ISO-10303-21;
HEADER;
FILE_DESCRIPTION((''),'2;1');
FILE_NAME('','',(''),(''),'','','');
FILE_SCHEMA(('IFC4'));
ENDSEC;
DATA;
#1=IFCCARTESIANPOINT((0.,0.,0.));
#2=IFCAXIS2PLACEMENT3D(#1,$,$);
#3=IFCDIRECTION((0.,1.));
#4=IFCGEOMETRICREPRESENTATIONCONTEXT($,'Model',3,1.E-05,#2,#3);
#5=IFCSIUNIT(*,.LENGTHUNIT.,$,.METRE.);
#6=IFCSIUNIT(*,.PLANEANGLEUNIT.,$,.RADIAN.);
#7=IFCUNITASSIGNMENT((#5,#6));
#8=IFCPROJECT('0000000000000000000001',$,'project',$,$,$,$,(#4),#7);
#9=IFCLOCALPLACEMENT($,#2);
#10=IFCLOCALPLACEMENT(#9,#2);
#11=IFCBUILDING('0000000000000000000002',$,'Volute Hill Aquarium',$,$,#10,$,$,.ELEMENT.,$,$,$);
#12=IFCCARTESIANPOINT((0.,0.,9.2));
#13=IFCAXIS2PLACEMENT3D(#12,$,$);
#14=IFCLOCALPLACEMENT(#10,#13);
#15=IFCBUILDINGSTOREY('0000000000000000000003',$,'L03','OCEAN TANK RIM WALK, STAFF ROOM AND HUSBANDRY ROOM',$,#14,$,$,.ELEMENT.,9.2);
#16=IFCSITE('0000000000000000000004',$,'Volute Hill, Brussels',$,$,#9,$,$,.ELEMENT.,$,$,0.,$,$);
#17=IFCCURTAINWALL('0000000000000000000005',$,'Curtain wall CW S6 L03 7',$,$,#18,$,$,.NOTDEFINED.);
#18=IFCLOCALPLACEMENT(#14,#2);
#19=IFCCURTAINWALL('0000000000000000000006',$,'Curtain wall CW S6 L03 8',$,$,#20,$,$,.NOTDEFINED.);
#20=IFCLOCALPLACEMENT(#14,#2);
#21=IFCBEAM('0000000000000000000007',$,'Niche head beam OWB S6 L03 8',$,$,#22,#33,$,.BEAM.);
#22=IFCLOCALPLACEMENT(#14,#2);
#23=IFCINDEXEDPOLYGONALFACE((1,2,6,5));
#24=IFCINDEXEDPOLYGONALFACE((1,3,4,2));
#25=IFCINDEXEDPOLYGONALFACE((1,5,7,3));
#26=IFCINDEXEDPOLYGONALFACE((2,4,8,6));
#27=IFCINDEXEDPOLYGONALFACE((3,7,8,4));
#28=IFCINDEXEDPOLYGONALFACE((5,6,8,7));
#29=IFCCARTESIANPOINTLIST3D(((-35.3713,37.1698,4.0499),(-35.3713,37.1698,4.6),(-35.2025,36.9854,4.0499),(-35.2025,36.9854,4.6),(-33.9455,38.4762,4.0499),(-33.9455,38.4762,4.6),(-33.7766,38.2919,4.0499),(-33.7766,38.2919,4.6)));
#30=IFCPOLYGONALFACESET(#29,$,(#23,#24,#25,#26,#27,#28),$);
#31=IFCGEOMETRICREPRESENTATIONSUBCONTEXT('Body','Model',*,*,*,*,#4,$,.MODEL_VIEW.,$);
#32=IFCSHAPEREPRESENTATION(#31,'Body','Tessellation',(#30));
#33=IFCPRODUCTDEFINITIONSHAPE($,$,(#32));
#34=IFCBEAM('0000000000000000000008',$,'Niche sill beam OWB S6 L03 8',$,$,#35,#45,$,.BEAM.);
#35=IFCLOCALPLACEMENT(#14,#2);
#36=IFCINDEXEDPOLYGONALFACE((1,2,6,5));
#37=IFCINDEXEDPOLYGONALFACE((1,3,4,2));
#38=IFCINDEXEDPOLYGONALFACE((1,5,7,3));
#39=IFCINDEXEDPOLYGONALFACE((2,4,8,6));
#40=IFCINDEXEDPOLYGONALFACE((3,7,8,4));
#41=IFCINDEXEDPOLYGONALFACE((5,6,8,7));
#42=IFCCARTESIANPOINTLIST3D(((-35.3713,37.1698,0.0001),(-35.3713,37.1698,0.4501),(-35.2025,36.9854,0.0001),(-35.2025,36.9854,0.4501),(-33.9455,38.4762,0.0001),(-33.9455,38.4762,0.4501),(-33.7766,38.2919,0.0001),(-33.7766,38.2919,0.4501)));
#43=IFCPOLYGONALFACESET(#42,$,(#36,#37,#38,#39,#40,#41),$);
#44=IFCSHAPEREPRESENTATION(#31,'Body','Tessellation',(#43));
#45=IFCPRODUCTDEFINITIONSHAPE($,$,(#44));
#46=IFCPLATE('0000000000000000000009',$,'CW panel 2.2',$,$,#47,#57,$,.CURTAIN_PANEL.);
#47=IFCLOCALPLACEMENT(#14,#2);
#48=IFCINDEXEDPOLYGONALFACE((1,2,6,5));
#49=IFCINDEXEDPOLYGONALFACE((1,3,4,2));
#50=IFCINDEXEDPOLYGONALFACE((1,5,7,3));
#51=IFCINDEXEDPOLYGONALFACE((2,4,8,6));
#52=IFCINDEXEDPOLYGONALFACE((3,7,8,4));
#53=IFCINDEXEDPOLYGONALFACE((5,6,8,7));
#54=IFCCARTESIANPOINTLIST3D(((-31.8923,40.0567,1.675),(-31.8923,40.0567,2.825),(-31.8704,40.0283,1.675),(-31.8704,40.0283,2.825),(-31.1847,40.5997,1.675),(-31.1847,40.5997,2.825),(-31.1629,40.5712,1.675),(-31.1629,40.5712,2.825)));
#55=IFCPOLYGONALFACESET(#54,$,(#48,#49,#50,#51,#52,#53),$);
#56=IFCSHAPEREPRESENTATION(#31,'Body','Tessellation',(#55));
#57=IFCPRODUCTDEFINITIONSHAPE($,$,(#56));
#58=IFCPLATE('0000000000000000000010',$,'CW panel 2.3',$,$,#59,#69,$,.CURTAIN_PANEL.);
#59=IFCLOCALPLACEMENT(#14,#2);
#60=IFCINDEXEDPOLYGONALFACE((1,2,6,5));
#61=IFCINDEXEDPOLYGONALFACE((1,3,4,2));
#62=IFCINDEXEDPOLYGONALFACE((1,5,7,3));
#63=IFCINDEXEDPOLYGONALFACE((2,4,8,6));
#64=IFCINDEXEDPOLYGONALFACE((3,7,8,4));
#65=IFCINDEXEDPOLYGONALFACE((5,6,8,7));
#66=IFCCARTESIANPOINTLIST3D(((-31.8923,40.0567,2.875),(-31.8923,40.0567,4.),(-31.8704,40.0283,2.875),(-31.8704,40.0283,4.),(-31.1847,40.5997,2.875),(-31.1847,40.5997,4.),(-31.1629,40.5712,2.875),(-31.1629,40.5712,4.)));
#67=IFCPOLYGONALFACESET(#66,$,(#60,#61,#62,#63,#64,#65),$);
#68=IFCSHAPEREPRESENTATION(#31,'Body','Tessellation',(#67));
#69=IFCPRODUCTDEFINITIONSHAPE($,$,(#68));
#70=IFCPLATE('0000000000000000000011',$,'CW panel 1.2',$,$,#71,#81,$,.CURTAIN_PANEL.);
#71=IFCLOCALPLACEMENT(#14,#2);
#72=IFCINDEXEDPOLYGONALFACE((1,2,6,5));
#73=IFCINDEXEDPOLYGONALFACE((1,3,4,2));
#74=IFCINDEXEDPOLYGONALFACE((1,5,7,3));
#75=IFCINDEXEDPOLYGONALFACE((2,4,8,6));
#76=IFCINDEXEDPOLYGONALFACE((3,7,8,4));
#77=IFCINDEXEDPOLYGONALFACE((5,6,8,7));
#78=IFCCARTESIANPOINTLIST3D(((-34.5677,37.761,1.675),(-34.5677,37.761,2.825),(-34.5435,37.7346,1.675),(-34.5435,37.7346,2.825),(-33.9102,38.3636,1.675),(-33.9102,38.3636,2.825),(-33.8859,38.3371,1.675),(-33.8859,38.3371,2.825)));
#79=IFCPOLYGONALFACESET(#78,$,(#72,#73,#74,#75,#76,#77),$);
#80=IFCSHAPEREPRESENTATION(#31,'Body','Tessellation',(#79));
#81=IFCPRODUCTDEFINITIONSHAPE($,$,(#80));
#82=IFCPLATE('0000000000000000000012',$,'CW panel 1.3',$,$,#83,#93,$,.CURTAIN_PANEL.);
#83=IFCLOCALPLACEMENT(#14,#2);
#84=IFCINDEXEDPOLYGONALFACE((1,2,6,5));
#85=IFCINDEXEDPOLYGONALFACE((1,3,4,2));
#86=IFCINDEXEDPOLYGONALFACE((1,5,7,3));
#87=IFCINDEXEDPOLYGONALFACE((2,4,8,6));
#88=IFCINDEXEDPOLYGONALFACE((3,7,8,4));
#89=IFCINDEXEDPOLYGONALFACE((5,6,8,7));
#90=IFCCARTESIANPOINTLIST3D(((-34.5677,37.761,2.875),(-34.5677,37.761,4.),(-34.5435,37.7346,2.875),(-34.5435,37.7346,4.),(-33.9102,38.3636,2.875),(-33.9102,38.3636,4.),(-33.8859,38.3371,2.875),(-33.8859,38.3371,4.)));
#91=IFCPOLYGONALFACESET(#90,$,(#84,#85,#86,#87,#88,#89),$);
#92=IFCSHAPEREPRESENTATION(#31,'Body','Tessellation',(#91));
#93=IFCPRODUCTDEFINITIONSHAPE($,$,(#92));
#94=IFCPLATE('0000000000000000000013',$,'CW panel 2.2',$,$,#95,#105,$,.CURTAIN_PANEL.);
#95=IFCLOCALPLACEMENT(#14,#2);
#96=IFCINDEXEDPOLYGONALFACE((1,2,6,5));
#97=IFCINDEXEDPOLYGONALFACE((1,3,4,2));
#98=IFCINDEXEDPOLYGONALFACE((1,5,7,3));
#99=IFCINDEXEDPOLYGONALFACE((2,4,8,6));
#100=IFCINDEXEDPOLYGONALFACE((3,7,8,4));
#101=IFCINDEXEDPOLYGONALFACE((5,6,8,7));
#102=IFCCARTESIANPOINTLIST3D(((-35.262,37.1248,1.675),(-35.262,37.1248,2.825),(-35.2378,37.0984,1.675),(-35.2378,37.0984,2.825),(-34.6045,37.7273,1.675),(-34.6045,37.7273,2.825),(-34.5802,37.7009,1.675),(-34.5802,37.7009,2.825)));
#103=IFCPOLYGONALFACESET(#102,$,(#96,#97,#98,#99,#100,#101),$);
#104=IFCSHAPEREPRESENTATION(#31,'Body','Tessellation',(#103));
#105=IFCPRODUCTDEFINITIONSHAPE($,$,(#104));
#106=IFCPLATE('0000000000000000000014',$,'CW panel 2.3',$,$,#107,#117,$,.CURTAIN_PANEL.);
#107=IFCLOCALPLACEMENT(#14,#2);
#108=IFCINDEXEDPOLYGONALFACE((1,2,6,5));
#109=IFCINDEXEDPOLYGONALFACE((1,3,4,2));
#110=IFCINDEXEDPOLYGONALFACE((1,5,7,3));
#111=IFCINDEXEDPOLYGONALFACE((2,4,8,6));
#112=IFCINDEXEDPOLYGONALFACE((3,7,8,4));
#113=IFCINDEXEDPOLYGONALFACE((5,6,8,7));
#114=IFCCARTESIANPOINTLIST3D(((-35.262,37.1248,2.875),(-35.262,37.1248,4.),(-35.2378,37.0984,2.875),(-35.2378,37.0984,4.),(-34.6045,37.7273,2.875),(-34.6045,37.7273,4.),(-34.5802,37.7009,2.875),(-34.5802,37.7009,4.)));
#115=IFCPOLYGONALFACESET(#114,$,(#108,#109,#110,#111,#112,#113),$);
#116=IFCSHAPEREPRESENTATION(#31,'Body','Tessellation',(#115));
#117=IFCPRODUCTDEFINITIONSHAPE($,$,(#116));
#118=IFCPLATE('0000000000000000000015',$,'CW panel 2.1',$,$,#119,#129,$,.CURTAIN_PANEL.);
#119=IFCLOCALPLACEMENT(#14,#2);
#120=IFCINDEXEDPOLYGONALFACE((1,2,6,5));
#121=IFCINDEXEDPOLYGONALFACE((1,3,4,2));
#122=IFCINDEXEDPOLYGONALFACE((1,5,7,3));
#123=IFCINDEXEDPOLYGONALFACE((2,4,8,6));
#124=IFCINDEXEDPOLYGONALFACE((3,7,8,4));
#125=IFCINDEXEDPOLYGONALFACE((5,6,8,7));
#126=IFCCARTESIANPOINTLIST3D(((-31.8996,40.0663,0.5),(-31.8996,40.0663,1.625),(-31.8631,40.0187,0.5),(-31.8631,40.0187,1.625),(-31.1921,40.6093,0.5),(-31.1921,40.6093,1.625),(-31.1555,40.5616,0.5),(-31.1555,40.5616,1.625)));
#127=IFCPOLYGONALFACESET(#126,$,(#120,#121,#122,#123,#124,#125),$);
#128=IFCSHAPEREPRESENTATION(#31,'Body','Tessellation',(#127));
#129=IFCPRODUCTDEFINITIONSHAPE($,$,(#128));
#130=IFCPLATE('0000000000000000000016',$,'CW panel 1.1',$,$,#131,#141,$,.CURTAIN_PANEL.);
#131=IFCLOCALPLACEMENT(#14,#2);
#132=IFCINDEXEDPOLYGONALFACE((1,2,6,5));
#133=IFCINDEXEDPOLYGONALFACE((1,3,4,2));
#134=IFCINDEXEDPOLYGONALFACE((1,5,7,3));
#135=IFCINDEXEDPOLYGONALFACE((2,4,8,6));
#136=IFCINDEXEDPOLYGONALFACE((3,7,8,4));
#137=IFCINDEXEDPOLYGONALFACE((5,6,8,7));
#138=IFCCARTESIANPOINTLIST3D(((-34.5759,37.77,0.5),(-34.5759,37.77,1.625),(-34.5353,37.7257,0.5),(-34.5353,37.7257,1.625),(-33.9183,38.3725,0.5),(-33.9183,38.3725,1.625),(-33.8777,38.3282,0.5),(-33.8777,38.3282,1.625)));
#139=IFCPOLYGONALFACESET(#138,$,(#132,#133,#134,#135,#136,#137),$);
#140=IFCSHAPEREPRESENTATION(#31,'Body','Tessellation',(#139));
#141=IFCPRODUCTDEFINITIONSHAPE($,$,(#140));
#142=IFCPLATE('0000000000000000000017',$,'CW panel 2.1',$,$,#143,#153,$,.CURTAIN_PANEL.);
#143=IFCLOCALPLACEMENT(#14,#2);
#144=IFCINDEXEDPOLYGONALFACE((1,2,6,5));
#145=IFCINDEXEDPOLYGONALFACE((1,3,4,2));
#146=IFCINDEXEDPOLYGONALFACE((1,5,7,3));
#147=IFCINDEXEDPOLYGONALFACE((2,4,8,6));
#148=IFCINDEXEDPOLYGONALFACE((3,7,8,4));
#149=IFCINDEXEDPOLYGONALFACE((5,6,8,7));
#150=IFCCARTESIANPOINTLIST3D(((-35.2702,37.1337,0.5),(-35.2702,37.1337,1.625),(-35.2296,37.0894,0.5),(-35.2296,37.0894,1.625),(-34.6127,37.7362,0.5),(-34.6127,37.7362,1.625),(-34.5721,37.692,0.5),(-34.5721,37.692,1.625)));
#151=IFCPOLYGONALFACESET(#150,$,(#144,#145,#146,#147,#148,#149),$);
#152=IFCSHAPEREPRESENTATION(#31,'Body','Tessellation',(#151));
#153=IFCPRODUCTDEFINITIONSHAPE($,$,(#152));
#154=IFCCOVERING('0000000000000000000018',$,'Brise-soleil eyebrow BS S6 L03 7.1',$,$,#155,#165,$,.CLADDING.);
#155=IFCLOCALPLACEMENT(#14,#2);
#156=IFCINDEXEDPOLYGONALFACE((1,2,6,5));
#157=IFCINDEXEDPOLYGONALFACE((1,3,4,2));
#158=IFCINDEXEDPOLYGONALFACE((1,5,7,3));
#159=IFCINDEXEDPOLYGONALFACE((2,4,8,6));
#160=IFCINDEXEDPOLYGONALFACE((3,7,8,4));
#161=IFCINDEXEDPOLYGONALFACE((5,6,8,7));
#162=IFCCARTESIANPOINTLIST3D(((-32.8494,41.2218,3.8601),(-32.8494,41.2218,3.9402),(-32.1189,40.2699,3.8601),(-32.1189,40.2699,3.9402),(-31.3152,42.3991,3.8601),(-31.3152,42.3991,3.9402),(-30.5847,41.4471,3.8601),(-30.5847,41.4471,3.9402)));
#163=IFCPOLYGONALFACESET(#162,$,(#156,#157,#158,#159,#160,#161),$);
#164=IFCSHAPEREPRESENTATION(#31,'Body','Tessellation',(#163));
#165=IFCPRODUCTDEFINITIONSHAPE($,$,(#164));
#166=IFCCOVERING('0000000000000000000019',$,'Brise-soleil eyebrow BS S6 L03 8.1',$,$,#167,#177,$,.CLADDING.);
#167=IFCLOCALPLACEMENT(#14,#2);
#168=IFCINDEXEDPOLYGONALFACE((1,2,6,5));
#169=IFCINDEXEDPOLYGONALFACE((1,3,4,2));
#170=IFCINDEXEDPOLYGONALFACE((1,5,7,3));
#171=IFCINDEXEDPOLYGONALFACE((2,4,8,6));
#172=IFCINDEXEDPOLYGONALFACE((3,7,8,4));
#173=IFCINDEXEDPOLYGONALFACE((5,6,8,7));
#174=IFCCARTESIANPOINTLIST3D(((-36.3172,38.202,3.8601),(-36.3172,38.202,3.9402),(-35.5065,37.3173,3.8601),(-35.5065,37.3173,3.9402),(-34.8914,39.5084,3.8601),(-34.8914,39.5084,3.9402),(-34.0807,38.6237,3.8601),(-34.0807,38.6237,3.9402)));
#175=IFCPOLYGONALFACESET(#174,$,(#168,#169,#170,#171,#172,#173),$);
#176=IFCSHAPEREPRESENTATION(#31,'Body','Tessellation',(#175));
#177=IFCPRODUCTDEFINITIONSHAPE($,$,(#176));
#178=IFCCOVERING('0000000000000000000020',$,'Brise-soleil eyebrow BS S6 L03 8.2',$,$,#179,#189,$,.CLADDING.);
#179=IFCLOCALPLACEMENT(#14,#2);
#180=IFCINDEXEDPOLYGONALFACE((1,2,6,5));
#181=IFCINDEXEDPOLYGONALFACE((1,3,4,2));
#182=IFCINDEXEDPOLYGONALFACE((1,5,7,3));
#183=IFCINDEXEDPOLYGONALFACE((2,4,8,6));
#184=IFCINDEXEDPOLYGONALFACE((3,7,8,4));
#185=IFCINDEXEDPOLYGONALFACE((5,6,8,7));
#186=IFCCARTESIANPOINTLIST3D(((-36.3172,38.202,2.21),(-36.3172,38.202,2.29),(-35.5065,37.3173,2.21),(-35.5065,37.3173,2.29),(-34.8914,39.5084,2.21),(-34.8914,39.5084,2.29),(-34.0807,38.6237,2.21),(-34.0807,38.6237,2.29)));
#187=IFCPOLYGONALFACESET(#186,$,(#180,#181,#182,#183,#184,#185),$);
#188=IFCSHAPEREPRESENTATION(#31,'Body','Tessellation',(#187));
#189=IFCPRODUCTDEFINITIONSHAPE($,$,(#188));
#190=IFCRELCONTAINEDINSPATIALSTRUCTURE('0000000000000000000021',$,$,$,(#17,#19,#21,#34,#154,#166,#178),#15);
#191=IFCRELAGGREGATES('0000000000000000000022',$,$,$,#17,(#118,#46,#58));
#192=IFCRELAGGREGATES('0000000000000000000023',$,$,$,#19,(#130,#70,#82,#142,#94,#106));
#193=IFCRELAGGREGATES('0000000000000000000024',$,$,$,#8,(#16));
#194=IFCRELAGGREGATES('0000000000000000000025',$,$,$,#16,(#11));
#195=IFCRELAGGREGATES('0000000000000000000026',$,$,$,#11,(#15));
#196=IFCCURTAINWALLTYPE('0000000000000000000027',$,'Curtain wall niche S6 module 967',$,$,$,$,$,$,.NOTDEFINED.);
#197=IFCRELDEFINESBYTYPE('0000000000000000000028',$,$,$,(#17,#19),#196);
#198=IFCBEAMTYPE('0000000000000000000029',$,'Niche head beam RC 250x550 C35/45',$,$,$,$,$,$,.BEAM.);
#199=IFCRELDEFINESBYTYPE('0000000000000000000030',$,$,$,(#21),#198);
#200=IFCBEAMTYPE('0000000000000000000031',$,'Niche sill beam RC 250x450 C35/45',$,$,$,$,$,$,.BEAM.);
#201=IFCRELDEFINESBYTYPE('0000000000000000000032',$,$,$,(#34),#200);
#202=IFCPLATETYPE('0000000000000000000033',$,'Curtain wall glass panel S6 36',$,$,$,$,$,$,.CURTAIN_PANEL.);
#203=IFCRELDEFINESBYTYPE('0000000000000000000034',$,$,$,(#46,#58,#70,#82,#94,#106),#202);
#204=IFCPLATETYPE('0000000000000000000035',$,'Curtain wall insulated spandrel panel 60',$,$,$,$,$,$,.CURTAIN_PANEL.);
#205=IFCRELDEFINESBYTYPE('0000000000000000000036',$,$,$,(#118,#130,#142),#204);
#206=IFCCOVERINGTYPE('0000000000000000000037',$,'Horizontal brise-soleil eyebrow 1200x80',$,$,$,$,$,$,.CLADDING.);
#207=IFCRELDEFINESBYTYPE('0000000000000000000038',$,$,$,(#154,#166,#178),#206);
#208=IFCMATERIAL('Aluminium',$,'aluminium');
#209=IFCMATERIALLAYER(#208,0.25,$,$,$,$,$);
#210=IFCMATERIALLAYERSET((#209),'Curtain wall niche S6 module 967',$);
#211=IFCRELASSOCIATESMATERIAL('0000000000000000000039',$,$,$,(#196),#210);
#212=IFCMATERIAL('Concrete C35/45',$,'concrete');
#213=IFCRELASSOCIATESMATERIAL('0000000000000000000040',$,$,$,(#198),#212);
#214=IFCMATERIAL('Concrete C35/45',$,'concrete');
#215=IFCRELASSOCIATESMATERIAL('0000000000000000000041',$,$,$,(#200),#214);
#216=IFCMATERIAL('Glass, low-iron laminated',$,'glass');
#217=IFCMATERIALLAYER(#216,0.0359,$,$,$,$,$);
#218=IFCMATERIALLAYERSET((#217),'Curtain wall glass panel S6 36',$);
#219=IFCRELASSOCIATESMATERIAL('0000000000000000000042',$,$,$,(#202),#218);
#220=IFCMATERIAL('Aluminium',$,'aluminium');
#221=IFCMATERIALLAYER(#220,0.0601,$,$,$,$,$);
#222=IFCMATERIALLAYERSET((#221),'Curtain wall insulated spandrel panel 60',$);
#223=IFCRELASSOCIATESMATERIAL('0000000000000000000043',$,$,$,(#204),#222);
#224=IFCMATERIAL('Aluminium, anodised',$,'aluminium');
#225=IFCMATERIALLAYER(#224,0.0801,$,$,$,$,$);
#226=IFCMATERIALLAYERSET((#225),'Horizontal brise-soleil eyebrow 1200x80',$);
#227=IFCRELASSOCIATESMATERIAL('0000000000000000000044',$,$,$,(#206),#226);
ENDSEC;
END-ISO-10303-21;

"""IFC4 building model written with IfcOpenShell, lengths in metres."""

from ifc_helpers import new_model, si_unit, direction, frame, origin, origin_2d, place, context, subcontext, project, spatial, rectangle, extrude, material, layer, layer_set, material_profile, profile_set, type_object, element, aggregate, save


model = new_model("IFC4")

# Units and contexts
model_context = context("Model", 3, precision=1e-05, world=origin(), true_north=direction((0.0, 1.0)))
body_context = subcontext(model_context, "Body", "Model", "MODEL_VIEW")
ifc_project = project(units=[si_unit("LENGTHUNIT", "METRE"), si_unit("PLANEANGLEUNIT", "RADIAN")], contexts=[model_context])

# Site, building, storey
site_placement = place(None, origin())
site = spatial("IfcSite", under=ifc_project, at=site_placement, Name="Volute Hill, Brussels", CompositionType="ELEMENT", RefElevation=0.0)
building_placement = place(site_placement, origin())
building = spatial("IfcBuilding", under=site, at=building_placement, Name="Volute Hill Aquarium", CompositionType="ELEMENT")
storey_placement = place(building_placement, frame((0.0, 0.0, 9.2)))
storey = spatial("IfcBuildingStorey", under=building, at=storey_placement, Name="L03", Description="OCEAN TANK RIM WALK, STAFF ROOM AND HUSBANDRY ROOM", CompositionType="ELEMENT", Elevation=9.2)

# Curtain wall
ifc_material_1 = material(Name="Aluminium", Category="aluminium")
ifc_layer_1 = layer(ifc_material_1, 0.25)
ifc_layer_set_1 = layer_set([ifc_layer_1], Name="Curtain wall niche S6 module 967")
curtain_wall_type = type_object("IfcCurtainWallType", Name="Curtain wall niche S6 module 967", PredefinedType="NOTDEFINED", material=ifc_layer_set_1)
curtain_wall_1_placement = place(storey_placement, origin())
curtain_wall_1 = element("IfcCurtainWall", 1, at=curtain_wall_1_placement, inside=storey, type_object=curtain_wall_type, Name="Curtain wall CW S6 L03 7", PredefinedType="NOTDEFINED")

# Curtain wall
curtain_wall_2_placement = place(storey_placement, origin())
curtain_wall_2 = element("IfcCurtainWall", 2, at=curtain_wall_2_placement, inside=storey, type_object=curtain_wall_type, Name="Curtain wall CW S6 L03 8", PredefinedType="NOTDEFINED")

# Beams
ifc_material_2 = material(Name="Concrete C35/45", Category="concrete")
ifc_material_profile_1 = material_profile(ifc_material_2, rectangle(XDim=0.25, YDim=0.55, at=origin_2d()), Name="RC beam 250x550")
ifc_profile_set_1 = profile_set([ifc_material_profile_1], Name="Concrete C35/45")
beam_type_1 = type_object("IfcBeamType", Name="Niche head beam RC 250x550 C35/45", PredefinedType="BEAM", material=ifc_profile_set_1)
beam_1_placement = place(storey_placement, frame((-33.8611, 38.384, 4.325), z_axis=(-0.737301, -0.675565, 0.0), x_axis=(0.675565, -0.737301, 0.0)))
element("IfcBeam", 3, at=beam_1_placement, inside=storey, type_object=beam_type_1, Name="Niche head beam OWB S6 L03 8", PredefinedType="BEAM", context=body_context, shape_type="SweptSolid", body=[
    extrude(rectangle(XDim=0.25, YDim=0.55, at=origin_2d()), origin(), (0.0, 0.0, 1.0), 1.9338),
])
ifc_material_3 = material(Name="Concrete C35/45", Category="concrete")
ifc_material_profile_2 = material_profile(ifc_material_3, rectangle(XDim=0.25, YDim=0.45, at=origin_2d()), Name="RC beam 250x450")
ifc_profile_set_2 = profile_set([ifc_material_profile_2], Name="Concrete C35/45")
beam_type_2 = type_object("IfcBeamType", Name="Niche sill beam RC 250x450 C35/45", PredefinedType="BEAM", material=ifc_profile_set_2)
beam_2_placement = place(storey_placement, frame((-33.8611, 38.384, 0.2251), z_axis=(-0.737301, -0.675565, 0.0), x_axis=(0.675565, -0.737301, 0.0)))
element("IfcBeam", 4, at=beam_2_placement, inside=storey, type_object=beam_type_2, Name="Niche sill beam OWB S6 L03 8", PredefinedType="BEAM", context=body_context, shape_type="SweptSolid", body=[
    extrude(rectangle(XDim=0.25, YDim=0.45, at=origin_2d()), origin(), (0.0, 0.0, 1.0), 1.9338),
])

# Plates
ifc_material_4 = material(Name="Glass, low-iron laminated", Category="glass")
ifc_layer_2 = layer(ifc_material_4, 0.0359)
ifc_layer_set_2 = layer_set([ifc_layer_2], Name="Curtain wall glass panel S6 36")
plate_type_1 = type_object("IfcPlateType", Name="Curtain wall glass panel S6 36", PredefinedType="CURTAIN_PANEL", material=ifc_layer_set_2)
plate_1_placement = place(storey_placement, frame((-31.5276, 40.314, 1.675), z_axis=(0.0, 0.0, 1.0), x_axis=(-0.793348, -0.608769, 0.0)))
plate_1 = element("IfcPlate", 5, at=plate_1_placement, type_object=plate_type_1, Name="CW panel 2.2", PredefinedType="CURTAIN_PANEL", context=body_context, shape_type="SweptSolid", body=[
    extrude(rectangle(XDim=0.8918, YDim=0.0359, at=origin_2d()), origin(), (0.0, 0.0, 1.0), 1.1499),
])
plate_2_placement = place(storey_placement, frame((-31.5276, 40.314, 2.875), z_axis=(0.0, 0.0, 1.0), x_axis=(-0.793348, -0.608769, 0.0)))
plate_2 = element("IfcPlate", 6, at=plate_2_placement, type_object=plate_type_1, Name="CW panel 2.3", PredefinedType="CURTAIN_PANEL", context=body_context, shape_type="SweptSolid", body=[
    extrude(rectangle(XDim=0.8918, YDim=0.0359, at=origin_2d()), origin(), (0.0, 0.0, 1.0), 1.125),
])
plate_3_placement = place(storey_placement, frame((-34.2268, 38.0491, 1.675), z_axis=(0.0, 0.0, 1.0), x_axis=(-0.737285, -0.675582, 0.0)))
plate_3 = element("IfcPlate", 7, at=plate_3_placement, type_object=plate_type_1, Name="CW panel 1.2", PredefinedType="CURTAIN_PANEL", context=body_context, shape_type="SweptSolid", body=[
    extrude(rectangle(XDim=0.8918, YDim=0.0359, at=origin_2d()), origin(), (0.0, 0.0, 1.0), 1.1499),
])
plate_4_placement = place(storey_placement, frame((-34.2268, 38.0491, 2.875), z_axis=(0.0, 0.0, 1.0), x_axis=(-0.737285, -0.675582, 0.0)))
plate_4 = element("IfcPlate", 8, at=plate_4_placement, type_object=plate_type_1, Name="CW panel 1.3", PredefinedType="CURTAIN_PANEL", context=body_context, shape_type="SweptSolid", body=[
    extrude(rectangle(XDim=0.8918, YDim=0.0359, at=origin_2d()), origin(), (0.0, 0.0, 1.0), 1.125),
])
plate_5_placement = place(storey_placement, frame((-34.9211, 37.4128, 1.675), z_axis=(0.0, 0.0, 1.0), x_axis=(-0.737285, -0.675582, 0.0)))
plate_5 = element("IfcPlate", 9, at=plate_5_placement, type_object=plate_type_1, Name="CW panel 2.2", PredefinedType="CURTAIN_PANEL", context=body_context, shape_type="SweptSolid", body=[
    extrude(rectangle(XDim=0.8918, YDim=0.0359, at=origin_2d()), origin(), (0.0, 0.0, 1.0), 1.1499),
])
plate_6_placement = place(storey_placement, frame((-34.9211, 37.4128, 2.875), z_axis=(0.0, 0.0, 1.0), x_axis=(-0.737285, -0.675582, 0.0)))
plate_6 = element("IfcPlate", 10, at=plate_6_placement, type_object=plate_type_1, Name="CW panel 2.3", PredefinedType="CURTAIN_PANEL", context=body_context, shape_type="SweptSolid", body=[
    extrude(rectangle(XDim=0.8918, YDim=0.0359, at=origin_2d()), origin(), (0.0, 0.0, 1.0), 1.125),
])
ifc_material_5 = material(Name="Aluminium", Category="aluminium")
ifc_layer_3 = layer(ifc_material_5, 0.0601)
ifc_layer_set_3 = layer_set([ifc_layer_3], Name="Curtain wall insulated spandrel panel 60")
plate_type_2 = type_object("IfcPlateType", Name="Curtain wall insulated spandrel panel 60", PredefinedType="CURTAIN_PANEL", material=ifc_layer_set_3)
plate_7_placement = place(storey_placement, frame((-31.5276, 40.314, 0.5), z_axis=(0.0, 0.0, 1.0), x_axis=(-0.793348, -0.608769, 0.0)))
plate_7 = element("IfcPlate", 11, at=plate_7_placement, type_object=plate_type_2, Name="CW panel 2.1", PredefinedType="CURTAIN_PANEL", context=body_context, shape_type="SweptSolid", body=[
    extrude(rectangle(XDim=0.8918, YDim=0.0601, at=origin_2d()), origin(), (0.0, 0.0, 1.0), 1.125),
])
aggregate(curtain_wall_1, [plate_7, plate_1, plate_2])
plate_8_placement = place(storey_placement, frame((-34.2268, 38.0491, 0.5), z_axis=(0.0, 0.0, 1.0), x_axis=(-0.737285, -0.675582, 0.0)))
plate_8 = element("IfcPlate", 12, at=plate_8_placement, type_object=plate_type_2, Name="CW panel 1.1", PredefinedType="CURTAIN_PANEL", context=body_context, shape_type="SweptSolid", body=[
    extrude(rectangle(XDim=0.8918, YDim=0.0601, at=origin_2d()), origin(), (0.0, 0.0, 1.0), 1.125),
])
plate_9_placement = place(storey_placement, frame((-34.9211, 37.4128, 0.5), z_axis=(0.0, 0.0, 1.0), x_axis=(-0.737285, -0.675582, 0.0)))
plate_9 = element("IfcPlate", 13, at=plate_9_placement, type_object=plate_type_2, Name="CW panel 2.1", PredefinedType="CURTAIN_PANEL", context=body_context, shape_type="SweptSolid", body=[
    extrude(rectangle(XDim=0.8918, YDim=0.0601, at=origin_2d()), origin(), (0.0, 0.0, 1.0), 1.125),
])
aggregate(curtain_wall_2, [plate_8, plate_3, plate_4, plate_9, plate_5, plate_6])

# Coverings
ifc_material_6 = material(Name="Aluminium, anodised", Category="aluminium")
ifc_layer_4 = layer(ifc_material_6, 0.0801)
ifc_layer_set_4 = layer_set([ifc_layer_4], Name="Horizontal brise-soleil eyebrow 1200x80")
covering_type_1 = type_object("IfcCoveringType", Name="Horizontal brise-soleil eyebrow 1200x80", PredefinedType="CLADDING", material=ifc_layer_set_4)
for number, where, z_axis, x_axis, name in (
    (14, (-31.717, 41.3345, 3.8601), (0.0, 0.0, 1.0), (-0.79335, -0.608766, 0.0), "Brise-soleil eyebrow BS S6 L03 7.1"),
    (15, (-35.199, 38.4128, 3.8601), (0.0, 0.0, 1.0), (-0.737286, -0.675581, 0.0), "Brise-soleil eyebrow BS S6 L03 8.1"),
    (16, (-35.199, 38.4128, 2.21), (0.0, 0.0, 1.0), (-0.737286, -0.675581, 0.0), "Brise-soleil eyebrow BS S6 L03 8.2"),
):
    element("IfcCovering", number, at=place(storey_placement, frame(where, z_axis=z_axis, x_axis=x_axis)), inside=storey, type_object=covering_type_1, Name=name, PredefinedType="CLADDING", context=body_context, shape_type="SweptSolid", body=[
        extrude(rectangle(XDim=1.9338, YDim=1.2, at=origin_2d()), origin(), (0.0, 0.0, 1.0), 0.0801),
    ])

save(model, "model.ifc")
